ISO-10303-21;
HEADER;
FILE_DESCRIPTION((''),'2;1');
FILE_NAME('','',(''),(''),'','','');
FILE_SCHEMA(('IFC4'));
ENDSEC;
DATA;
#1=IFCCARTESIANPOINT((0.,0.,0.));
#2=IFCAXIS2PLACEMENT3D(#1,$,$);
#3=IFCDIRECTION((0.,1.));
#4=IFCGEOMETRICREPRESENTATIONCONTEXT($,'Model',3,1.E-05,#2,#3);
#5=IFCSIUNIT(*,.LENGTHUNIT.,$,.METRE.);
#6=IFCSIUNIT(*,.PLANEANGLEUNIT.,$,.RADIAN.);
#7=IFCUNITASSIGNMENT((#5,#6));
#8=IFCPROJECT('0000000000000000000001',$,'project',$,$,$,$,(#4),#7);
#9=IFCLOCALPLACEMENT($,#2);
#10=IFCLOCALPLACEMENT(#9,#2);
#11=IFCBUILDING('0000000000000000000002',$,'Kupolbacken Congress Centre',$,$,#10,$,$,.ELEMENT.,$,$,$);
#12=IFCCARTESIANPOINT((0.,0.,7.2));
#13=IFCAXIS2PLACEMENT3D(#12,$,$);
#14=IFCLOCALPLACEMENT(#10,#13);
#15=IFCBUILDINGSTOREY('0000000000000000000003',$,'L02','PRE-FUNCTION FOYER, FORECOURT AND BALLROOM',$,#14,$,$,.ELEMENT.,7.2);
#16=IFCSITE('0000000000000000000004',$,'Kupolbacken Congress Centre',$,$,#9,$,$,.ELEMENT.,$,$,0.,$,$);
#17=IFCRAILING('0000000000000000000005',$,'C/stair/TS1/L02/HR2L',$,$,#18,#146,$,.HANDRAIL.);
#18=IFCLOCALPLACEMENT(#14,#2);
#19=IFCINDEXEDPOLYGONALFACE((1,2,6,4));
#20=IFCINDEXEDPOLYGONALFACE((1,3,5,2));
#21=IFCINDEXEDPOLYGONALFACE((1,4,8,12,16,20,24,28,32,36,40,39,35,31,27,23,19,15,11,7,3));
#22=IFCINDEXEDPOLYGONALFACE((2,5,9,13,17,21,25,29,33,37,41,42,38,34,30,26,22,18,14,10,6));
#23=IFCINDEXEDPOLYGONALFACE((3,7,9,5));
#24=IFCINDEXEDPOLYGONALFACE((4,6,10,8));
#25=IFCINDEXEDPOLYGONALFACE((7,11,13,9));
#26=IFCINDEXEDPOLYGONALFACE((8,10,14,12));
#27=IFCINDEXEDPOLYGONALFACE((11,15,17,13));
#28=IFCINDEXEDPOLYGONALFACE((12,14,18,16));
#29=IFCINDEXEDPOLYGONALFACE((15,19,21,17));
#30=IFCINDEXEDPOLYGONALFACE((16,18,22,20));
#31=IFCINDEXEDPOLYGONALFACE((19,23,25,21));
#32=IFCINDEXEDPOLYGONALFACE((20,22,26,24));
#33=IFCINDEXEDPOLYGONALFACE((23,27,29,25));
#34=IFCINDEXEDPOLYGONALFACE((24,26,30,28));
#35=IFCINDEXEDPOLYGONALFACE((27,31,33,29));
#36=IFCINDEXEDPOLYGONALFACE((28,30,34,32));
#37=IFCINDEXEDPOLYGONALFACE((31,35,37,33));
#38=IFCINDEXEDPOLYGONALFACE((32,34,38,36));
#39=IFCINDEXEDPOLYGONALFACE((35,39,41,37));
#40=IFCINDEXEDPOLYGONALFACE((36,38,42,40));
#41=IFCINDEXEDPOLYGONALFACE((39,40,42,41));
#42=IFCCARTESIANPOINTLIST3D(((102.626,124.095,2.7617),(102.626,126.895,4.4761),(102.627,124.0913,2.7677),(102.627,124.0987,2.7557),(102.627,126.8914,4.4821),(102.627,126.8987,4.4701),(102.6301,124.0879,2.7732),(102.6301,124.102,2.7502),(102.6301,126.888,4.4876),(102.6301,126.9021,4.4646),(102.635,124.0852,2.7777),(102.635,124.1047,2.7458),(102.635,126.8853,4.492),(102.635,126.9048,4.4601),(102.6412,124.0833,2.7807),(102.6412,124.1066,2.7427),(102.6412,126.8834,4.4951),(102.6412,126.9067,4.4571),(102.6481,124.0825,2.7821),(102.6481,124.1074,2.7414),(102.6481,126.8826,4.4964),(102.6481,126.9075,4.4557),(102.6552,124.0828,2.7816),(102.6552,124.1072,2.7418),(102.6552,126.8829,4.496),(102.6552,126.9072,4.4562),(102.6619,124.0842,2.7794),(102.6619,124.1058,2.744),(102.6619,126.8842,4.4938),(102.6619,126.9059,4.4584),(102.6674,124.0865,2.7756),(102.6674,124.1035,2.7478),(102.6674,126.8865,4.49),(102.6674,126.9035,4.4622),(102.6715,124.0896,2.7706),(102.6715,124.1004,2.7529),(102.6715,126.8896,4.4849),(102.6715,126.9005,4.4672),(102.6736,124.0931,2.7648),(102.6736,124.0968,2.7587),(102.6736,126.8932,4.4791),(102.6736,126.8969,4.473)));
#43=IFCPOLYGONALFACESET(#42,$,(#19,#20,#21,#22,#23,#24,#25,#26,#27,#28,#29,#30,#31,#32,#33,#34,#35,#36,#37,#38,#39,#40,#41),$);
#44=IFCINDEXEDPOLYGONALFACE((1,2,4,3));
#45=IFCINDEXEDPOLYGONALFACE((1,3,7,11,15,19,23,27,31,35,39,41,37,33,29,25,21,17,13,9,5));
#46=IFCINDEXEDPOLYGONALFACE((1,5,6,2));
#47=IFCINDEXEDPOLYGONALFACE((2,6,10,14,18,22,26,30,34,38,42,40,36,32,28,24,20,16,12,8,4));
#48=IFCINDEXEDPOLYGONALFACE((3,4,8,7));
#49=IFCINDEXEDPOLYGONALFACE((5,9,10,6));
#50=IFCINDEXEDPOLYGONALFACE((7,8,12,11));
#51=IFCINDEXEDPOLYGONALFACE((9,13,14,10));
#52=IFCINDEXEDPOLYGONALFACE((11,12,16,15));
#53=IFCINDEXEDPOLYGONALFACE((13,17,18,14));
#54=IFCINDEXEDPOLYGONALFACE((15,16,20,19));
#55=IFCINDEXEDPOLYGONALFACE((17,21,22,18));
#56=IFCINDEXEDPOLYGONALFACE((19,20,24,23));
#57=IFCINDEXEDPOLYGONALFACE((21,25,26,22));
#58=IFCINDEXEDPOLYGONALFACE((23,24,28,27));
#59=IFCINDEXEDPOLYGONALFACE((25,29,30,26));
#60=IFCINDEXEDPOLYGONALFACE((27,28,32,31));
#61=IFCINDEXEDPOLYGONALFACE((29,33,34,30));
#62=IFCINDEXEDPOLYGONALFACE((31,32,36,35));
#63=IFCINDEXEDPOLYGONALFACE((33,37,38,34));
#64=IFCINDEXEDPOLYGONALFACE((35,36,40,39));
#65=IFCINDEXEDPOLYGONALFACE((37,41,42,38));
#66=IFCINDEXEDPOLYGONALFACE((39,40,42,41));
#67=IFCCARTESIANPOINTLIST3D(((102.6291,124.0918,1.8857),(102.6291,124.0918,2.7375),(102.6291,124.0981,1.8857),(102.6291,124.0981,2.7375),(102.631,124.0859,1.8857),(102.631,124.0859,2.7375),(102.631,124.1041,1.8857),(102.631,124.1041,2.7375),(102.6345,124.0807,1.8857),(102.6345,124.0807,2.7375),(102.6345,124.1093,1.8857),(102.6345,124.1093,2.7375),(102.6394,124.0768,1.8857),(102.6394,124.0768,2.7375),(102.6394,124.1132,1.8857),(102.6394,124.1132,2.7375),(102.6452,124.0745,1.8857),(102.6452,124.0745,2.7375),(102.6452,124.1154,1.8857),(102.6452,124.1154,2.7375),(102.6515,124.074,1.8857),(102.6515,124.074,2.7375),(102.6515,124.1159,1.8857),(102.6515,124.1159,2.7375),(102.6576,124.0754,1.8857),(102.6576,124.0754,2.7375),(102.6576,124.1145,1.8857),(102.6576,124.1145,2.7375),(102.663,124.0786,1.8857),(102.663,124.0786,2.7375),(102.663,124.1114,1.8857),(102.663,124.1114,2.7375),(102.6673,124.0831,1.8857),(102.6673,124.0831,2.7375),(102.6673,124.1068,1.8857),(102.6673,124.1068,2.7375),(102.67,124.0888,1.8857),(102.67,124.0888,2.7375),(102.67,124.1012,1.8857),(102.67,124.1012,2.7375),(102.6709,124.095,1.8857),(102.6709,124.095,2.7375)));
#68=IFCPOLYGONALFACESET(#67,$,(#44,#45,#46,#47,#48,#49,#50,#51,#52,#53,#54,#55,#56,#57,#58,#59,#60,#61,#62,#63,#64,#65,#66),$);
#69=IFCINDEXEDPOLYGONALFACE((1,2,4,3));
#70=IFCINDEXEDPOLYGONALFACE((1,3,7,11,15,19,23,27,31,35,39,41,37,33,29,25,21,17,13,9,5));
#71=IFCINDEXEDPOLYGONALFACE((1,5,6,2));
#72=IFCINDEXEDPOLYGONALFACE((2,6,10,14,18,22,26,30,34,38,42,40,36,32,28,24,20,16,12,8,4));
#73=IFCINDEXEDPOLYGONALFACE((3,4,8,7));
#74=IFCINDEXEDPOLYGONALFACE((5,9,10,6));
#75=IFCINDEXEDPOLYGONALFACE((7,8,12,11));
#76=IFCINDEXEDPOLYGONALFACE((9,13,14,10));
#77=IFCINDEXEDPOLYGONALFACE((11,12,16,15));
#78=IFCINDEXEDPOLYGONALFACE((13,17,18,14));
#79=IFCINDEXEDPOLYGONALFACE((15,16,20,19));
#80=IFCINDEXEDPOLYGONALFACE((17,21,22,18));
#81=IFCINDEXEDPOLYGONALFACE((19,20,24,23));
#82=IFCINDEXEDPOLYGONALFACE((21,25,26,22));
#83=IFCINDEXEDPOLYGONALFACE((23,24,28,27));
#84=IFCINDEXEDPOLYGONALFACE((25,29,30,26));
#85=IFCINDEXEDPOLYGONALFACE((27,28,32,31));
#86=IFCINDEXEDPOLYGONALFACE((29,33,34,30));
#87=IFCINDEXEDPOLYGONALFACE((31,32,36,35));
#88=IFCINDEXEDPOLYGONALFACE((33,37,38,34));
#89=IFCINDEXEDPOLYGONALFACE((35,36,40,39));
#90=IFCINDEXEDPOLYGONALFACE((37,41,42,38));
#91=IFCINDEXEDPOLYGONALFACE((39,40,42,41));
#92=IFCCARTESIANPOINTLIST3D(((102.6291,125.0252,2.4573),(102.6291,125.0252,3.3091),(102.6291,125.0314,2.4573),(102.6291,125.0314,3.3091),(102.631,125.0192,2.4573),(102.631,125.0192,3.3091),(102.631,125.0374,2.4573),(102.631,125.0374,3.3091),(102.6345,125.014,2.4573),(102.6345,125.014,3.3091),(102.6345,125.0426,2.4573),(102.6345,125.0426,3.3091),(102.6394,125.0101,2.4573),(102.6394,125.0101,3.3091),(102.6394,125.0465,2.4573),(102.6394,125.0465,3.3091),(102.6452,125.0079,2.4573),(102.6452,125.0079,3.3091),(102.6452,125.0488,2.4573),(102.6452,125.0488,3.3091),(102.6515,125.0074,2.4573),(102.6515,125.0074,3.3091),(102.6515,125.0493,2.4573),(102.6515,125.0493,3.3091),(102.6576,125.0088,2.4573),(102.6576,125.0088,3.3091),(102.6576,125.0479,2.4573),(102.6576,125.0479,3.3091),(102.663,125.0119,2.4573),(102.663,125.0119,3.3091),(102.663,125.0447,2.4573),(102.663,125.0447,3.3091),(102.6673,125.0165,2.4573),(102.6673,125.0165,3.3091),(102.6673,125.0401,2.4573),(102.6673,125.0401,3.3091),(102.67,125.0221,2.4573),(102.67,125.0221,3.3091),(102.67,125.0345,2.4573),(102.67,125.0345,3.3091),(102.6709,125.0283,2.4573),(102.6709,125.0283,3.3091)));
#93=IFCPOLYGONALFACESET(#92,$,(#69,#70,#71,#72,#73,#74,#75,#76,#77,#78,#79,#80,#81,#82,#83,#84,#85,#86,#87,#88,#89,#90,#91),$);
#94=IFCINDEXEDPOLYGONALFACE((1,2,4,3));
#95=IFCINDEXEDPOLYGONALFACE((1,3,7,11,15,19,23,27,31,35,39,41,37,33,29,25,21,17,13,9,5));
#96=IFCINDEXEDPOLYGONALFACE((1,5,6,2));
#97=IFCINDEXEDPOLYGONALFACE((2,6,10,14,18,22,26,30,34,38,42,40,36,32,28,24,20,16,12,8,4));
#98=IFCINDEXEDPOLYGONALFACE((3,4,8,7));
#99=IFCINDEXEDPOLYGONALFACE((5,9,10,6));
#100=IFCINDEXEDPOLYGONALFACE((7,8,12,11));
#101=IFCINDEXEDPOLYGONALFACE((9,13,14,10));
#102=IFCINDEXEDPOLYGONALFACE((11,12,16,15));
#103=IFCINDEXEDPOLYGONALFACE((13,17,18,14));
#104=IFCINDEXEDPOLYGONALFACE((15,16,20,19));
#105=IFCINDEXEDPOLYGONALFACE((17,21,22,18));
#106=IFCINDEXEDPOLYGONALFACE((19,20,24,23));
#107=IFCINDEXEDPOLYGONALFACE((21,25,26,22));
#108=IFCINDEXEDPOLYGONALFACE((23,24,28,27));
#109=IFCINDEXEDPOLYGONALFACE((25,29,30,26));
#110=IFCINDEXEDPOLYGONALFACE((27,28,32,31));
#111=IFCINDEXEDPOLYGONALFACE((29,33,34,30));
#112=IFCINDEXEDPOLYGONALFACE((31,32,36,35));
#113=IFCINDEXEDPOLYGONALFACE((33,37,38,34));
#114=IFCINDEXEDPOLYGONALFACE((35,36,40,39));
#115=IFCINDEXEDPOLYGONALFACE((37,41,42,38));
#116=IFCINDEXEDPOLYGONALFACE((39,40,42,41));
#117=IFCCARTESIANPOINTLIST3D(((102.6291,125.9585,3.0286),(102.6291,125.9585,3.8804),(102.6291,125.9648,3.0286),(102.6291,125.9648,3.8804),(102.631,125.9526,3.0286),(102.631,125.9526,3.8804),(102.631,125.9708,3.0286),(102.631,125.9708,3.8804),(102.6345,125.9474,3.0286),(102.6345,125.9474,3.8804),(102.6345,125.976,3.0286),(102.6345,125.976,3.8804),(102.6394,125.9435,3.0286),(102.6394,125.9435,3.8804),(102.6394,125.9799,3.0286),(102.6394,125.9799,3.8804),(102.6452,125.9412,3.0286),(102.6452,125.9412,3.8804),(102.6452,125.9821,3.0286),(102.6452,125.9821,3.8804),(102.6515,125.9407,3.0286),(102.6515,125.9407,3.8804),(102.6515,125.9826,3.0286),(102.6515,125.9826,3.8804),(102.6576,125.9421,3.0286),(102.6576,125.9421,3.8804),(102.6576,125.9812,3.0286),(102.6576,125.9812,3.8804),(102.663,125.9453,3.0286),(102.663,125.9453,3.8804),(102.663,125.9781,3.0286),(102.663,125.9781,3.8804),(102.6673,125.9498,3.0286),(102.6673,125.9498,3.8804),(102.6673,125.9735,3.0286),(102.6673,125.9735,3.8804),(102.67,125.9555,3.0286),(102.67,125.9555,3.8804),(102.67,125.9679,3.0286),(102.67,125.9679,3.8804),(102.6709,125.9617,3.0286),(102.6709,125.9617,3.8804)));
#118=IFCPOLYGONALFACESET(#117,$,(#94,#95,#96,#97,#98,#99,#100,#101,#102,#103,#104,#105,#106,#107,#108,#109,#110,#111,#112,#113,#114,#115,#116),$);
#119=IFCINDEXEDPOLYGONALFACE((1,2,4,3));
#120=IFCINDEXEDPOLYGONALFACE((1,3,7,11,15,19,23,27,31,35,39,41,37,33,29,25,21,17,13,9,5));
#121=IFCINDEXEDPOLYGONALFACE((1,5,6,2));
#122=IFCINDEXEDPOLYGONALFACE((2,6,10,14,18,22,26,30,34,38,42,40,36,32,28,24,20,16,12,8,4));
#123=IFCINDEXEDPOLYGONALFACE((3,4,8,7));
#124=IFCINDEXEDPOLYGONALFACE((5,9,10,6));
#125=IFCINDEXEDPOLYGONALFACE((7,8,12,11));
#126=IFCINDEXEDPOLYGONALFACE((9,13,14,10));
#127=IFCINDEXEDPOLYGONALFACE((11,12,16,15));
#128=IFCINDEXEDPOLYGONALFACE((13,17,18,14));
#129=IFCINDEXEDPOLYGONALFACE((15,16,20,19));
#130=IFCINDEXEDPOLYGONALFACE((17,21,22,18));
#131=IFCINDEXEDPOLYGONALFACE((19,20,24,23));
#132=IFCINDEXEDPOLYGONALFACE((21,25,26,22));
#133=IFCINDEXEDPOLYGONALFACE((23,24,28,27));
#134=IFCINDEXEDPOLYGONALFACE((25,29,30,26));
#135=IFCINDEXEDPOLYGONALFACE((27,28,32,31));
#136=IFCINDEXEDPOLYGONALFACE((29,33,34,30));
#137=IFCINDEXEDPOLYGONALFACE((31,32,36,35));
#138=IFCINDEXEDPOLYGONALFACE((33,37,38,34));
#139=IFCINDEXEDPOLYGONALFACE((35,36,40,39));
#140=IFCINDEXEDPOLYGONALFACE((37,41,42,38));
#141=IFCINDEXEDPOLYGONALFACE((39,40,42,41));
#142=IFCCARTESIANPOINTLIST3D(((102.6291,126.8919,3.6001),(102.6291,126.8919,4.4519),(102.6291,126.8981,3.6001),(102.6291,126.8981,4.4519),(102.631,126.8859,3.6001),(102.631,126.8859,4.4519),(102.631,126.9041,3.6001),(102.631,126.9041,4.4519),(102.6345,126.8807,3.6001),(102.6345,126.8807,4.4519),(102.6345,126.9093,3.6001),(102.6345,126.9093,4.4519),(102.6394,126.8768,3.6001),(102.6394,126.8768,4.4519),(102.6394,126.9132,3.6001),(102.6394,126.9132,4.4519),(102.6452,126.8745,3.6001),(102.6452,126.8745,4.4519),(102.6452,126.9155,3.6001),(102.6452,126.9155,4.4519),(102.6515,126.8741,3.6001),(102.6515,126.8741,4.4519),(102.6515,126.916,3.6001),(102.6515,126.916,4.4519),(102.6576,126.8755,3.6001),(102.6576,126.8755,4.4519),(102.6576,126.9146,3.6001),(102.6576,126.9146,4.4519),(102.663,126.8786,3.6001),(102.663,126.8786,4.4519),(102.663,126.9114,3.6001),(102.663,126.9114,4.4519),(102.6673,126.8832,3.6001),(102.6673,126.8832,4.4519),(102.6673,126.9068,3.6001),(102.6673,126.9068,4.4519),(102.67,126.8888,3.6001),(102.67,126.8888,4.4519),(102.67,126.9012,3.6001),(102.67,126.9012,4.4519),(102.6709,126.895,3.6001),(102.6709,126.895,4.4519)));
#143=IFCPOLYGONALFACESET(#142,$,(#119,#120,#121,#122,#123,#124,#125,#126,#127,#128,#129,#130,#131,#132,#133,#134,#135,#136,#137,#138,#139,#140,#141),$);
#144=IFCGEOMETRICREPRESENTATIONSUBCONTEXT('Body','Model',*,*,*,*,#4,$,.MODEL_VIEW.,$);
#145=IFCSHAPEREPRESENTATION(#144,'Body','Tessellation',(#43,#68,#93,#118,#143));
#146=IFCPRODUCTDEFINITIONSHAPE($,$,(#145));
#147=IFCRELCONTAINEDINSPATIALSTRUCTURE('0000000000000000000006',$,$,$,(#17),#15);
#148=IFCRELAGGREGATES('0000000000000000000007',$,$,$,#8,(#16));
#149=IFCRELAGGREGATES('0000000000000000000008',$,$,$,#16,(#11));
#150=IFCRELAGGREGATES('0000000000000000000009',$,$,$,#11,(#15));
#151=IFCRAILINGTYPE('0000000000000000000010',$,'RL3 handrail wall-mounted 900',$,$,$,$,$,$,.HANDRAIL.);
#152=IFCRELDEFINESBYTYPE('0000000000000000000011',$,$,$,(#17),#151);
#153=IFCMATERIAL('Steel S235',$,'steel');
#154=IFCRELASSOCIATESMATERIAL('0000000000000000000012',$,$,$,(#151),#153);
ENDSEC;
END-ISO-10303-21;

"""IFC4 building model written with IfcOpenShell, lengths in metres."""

from ifc_helpers import new_model, si_unit, direction, frame, origin, origin_2d, place, context, subcontext, project, spatial, circle, extrude, material, type_object, element, save


model = new_model("IFC4")

# Units and contexts
model_context = context("Model", 3, precision=1e-05, world=origin(), true_north=direction((0.0, 1.0)))
body_context = subcontext(model_context, "Body", "Model", "MODEL_VIEW")
ifc_project = project(units=[si_unit("LENGTHUNIT", "METRE"), si_unit("PLANEANGLEUNIT", "RADIAN")], contexts=[model_context])

# Site, building, storey
site_placement = place(None, origin())
site = spatial("IfcSite", under=ifc_project, at=site_placement, Name="Kupolbacken Congress Centre", CompositionType="ELEMENT", RefElevation=0.0)
building_placement = place(site_placement, origin())
building = spatial("IfcBuilding", under=site, at=building_placement, Name="Kupolbacken Congress Centre", CompositionType="ELEMENT")
storey_placement = place(building_placement, frame((0.0, 0.0, 7.2)))
storey = spatial("IfcBuildingStorey", under=building, at=storey_placement, Name="L02", Description="PRE-FUNCTION FOYER, FORECOURT AND BALLROOM", CompositionType="ELEMENT", Elevation=7.2)

# Railing
ifc_material_1 = material(Name="Steel S235", Category="steel")
railing_type = type_object("IfcRailingType", Name="RL3 handrail wall-mounted 900", PredefinedType="HANDRAIL", material=ifc_material_1)
for number, where, name in (
    (1, (102.6499, 124.095, 1.8857), "C/stair/TS1/L02/HR2L"),
):
    element("IfcRailing", number, at=place(storey_placement, frame(where)), inside=storey, type_object=railing_type, Name=name, PredefinedType="HANDRAIL", context=body_context, shape_type="SweptSolid", body=[
        extrude(circle(Radius=0.0239, at=origin_2d()), frame((0.0, 0.0, 0.876), z_axis=(0.0, 0.852846, 0.522163), x_axis=(-1.0, 0.0, 0.0)), (0.0, 0.0, 1.0), 3.2832),
        extrude(circle(Radius=0.021, at=origin_2d()), origin(), (0.0, 0.0, 1.0), 0.8518),
        extrude(circle(Radius=0.021, at=origin_2d()), frame((0.0, 0.9333, 0.5715)), (0.0, 0.0, 1.0), 0.8518),
        extrude(circle(Radius=0.021, at=origin_2d()), frame((0.0, 1.8667, 1.1428)), (0.0, 0.0, 1.0), 0.8518),
        extrude(circle(Radius=0.021, at=origin_2d()), frame((0.0, 2.8, 1.7144)), (0.0, 0.0, 1.0), 0.8518),
    ])

save(model, "model.ifc")
